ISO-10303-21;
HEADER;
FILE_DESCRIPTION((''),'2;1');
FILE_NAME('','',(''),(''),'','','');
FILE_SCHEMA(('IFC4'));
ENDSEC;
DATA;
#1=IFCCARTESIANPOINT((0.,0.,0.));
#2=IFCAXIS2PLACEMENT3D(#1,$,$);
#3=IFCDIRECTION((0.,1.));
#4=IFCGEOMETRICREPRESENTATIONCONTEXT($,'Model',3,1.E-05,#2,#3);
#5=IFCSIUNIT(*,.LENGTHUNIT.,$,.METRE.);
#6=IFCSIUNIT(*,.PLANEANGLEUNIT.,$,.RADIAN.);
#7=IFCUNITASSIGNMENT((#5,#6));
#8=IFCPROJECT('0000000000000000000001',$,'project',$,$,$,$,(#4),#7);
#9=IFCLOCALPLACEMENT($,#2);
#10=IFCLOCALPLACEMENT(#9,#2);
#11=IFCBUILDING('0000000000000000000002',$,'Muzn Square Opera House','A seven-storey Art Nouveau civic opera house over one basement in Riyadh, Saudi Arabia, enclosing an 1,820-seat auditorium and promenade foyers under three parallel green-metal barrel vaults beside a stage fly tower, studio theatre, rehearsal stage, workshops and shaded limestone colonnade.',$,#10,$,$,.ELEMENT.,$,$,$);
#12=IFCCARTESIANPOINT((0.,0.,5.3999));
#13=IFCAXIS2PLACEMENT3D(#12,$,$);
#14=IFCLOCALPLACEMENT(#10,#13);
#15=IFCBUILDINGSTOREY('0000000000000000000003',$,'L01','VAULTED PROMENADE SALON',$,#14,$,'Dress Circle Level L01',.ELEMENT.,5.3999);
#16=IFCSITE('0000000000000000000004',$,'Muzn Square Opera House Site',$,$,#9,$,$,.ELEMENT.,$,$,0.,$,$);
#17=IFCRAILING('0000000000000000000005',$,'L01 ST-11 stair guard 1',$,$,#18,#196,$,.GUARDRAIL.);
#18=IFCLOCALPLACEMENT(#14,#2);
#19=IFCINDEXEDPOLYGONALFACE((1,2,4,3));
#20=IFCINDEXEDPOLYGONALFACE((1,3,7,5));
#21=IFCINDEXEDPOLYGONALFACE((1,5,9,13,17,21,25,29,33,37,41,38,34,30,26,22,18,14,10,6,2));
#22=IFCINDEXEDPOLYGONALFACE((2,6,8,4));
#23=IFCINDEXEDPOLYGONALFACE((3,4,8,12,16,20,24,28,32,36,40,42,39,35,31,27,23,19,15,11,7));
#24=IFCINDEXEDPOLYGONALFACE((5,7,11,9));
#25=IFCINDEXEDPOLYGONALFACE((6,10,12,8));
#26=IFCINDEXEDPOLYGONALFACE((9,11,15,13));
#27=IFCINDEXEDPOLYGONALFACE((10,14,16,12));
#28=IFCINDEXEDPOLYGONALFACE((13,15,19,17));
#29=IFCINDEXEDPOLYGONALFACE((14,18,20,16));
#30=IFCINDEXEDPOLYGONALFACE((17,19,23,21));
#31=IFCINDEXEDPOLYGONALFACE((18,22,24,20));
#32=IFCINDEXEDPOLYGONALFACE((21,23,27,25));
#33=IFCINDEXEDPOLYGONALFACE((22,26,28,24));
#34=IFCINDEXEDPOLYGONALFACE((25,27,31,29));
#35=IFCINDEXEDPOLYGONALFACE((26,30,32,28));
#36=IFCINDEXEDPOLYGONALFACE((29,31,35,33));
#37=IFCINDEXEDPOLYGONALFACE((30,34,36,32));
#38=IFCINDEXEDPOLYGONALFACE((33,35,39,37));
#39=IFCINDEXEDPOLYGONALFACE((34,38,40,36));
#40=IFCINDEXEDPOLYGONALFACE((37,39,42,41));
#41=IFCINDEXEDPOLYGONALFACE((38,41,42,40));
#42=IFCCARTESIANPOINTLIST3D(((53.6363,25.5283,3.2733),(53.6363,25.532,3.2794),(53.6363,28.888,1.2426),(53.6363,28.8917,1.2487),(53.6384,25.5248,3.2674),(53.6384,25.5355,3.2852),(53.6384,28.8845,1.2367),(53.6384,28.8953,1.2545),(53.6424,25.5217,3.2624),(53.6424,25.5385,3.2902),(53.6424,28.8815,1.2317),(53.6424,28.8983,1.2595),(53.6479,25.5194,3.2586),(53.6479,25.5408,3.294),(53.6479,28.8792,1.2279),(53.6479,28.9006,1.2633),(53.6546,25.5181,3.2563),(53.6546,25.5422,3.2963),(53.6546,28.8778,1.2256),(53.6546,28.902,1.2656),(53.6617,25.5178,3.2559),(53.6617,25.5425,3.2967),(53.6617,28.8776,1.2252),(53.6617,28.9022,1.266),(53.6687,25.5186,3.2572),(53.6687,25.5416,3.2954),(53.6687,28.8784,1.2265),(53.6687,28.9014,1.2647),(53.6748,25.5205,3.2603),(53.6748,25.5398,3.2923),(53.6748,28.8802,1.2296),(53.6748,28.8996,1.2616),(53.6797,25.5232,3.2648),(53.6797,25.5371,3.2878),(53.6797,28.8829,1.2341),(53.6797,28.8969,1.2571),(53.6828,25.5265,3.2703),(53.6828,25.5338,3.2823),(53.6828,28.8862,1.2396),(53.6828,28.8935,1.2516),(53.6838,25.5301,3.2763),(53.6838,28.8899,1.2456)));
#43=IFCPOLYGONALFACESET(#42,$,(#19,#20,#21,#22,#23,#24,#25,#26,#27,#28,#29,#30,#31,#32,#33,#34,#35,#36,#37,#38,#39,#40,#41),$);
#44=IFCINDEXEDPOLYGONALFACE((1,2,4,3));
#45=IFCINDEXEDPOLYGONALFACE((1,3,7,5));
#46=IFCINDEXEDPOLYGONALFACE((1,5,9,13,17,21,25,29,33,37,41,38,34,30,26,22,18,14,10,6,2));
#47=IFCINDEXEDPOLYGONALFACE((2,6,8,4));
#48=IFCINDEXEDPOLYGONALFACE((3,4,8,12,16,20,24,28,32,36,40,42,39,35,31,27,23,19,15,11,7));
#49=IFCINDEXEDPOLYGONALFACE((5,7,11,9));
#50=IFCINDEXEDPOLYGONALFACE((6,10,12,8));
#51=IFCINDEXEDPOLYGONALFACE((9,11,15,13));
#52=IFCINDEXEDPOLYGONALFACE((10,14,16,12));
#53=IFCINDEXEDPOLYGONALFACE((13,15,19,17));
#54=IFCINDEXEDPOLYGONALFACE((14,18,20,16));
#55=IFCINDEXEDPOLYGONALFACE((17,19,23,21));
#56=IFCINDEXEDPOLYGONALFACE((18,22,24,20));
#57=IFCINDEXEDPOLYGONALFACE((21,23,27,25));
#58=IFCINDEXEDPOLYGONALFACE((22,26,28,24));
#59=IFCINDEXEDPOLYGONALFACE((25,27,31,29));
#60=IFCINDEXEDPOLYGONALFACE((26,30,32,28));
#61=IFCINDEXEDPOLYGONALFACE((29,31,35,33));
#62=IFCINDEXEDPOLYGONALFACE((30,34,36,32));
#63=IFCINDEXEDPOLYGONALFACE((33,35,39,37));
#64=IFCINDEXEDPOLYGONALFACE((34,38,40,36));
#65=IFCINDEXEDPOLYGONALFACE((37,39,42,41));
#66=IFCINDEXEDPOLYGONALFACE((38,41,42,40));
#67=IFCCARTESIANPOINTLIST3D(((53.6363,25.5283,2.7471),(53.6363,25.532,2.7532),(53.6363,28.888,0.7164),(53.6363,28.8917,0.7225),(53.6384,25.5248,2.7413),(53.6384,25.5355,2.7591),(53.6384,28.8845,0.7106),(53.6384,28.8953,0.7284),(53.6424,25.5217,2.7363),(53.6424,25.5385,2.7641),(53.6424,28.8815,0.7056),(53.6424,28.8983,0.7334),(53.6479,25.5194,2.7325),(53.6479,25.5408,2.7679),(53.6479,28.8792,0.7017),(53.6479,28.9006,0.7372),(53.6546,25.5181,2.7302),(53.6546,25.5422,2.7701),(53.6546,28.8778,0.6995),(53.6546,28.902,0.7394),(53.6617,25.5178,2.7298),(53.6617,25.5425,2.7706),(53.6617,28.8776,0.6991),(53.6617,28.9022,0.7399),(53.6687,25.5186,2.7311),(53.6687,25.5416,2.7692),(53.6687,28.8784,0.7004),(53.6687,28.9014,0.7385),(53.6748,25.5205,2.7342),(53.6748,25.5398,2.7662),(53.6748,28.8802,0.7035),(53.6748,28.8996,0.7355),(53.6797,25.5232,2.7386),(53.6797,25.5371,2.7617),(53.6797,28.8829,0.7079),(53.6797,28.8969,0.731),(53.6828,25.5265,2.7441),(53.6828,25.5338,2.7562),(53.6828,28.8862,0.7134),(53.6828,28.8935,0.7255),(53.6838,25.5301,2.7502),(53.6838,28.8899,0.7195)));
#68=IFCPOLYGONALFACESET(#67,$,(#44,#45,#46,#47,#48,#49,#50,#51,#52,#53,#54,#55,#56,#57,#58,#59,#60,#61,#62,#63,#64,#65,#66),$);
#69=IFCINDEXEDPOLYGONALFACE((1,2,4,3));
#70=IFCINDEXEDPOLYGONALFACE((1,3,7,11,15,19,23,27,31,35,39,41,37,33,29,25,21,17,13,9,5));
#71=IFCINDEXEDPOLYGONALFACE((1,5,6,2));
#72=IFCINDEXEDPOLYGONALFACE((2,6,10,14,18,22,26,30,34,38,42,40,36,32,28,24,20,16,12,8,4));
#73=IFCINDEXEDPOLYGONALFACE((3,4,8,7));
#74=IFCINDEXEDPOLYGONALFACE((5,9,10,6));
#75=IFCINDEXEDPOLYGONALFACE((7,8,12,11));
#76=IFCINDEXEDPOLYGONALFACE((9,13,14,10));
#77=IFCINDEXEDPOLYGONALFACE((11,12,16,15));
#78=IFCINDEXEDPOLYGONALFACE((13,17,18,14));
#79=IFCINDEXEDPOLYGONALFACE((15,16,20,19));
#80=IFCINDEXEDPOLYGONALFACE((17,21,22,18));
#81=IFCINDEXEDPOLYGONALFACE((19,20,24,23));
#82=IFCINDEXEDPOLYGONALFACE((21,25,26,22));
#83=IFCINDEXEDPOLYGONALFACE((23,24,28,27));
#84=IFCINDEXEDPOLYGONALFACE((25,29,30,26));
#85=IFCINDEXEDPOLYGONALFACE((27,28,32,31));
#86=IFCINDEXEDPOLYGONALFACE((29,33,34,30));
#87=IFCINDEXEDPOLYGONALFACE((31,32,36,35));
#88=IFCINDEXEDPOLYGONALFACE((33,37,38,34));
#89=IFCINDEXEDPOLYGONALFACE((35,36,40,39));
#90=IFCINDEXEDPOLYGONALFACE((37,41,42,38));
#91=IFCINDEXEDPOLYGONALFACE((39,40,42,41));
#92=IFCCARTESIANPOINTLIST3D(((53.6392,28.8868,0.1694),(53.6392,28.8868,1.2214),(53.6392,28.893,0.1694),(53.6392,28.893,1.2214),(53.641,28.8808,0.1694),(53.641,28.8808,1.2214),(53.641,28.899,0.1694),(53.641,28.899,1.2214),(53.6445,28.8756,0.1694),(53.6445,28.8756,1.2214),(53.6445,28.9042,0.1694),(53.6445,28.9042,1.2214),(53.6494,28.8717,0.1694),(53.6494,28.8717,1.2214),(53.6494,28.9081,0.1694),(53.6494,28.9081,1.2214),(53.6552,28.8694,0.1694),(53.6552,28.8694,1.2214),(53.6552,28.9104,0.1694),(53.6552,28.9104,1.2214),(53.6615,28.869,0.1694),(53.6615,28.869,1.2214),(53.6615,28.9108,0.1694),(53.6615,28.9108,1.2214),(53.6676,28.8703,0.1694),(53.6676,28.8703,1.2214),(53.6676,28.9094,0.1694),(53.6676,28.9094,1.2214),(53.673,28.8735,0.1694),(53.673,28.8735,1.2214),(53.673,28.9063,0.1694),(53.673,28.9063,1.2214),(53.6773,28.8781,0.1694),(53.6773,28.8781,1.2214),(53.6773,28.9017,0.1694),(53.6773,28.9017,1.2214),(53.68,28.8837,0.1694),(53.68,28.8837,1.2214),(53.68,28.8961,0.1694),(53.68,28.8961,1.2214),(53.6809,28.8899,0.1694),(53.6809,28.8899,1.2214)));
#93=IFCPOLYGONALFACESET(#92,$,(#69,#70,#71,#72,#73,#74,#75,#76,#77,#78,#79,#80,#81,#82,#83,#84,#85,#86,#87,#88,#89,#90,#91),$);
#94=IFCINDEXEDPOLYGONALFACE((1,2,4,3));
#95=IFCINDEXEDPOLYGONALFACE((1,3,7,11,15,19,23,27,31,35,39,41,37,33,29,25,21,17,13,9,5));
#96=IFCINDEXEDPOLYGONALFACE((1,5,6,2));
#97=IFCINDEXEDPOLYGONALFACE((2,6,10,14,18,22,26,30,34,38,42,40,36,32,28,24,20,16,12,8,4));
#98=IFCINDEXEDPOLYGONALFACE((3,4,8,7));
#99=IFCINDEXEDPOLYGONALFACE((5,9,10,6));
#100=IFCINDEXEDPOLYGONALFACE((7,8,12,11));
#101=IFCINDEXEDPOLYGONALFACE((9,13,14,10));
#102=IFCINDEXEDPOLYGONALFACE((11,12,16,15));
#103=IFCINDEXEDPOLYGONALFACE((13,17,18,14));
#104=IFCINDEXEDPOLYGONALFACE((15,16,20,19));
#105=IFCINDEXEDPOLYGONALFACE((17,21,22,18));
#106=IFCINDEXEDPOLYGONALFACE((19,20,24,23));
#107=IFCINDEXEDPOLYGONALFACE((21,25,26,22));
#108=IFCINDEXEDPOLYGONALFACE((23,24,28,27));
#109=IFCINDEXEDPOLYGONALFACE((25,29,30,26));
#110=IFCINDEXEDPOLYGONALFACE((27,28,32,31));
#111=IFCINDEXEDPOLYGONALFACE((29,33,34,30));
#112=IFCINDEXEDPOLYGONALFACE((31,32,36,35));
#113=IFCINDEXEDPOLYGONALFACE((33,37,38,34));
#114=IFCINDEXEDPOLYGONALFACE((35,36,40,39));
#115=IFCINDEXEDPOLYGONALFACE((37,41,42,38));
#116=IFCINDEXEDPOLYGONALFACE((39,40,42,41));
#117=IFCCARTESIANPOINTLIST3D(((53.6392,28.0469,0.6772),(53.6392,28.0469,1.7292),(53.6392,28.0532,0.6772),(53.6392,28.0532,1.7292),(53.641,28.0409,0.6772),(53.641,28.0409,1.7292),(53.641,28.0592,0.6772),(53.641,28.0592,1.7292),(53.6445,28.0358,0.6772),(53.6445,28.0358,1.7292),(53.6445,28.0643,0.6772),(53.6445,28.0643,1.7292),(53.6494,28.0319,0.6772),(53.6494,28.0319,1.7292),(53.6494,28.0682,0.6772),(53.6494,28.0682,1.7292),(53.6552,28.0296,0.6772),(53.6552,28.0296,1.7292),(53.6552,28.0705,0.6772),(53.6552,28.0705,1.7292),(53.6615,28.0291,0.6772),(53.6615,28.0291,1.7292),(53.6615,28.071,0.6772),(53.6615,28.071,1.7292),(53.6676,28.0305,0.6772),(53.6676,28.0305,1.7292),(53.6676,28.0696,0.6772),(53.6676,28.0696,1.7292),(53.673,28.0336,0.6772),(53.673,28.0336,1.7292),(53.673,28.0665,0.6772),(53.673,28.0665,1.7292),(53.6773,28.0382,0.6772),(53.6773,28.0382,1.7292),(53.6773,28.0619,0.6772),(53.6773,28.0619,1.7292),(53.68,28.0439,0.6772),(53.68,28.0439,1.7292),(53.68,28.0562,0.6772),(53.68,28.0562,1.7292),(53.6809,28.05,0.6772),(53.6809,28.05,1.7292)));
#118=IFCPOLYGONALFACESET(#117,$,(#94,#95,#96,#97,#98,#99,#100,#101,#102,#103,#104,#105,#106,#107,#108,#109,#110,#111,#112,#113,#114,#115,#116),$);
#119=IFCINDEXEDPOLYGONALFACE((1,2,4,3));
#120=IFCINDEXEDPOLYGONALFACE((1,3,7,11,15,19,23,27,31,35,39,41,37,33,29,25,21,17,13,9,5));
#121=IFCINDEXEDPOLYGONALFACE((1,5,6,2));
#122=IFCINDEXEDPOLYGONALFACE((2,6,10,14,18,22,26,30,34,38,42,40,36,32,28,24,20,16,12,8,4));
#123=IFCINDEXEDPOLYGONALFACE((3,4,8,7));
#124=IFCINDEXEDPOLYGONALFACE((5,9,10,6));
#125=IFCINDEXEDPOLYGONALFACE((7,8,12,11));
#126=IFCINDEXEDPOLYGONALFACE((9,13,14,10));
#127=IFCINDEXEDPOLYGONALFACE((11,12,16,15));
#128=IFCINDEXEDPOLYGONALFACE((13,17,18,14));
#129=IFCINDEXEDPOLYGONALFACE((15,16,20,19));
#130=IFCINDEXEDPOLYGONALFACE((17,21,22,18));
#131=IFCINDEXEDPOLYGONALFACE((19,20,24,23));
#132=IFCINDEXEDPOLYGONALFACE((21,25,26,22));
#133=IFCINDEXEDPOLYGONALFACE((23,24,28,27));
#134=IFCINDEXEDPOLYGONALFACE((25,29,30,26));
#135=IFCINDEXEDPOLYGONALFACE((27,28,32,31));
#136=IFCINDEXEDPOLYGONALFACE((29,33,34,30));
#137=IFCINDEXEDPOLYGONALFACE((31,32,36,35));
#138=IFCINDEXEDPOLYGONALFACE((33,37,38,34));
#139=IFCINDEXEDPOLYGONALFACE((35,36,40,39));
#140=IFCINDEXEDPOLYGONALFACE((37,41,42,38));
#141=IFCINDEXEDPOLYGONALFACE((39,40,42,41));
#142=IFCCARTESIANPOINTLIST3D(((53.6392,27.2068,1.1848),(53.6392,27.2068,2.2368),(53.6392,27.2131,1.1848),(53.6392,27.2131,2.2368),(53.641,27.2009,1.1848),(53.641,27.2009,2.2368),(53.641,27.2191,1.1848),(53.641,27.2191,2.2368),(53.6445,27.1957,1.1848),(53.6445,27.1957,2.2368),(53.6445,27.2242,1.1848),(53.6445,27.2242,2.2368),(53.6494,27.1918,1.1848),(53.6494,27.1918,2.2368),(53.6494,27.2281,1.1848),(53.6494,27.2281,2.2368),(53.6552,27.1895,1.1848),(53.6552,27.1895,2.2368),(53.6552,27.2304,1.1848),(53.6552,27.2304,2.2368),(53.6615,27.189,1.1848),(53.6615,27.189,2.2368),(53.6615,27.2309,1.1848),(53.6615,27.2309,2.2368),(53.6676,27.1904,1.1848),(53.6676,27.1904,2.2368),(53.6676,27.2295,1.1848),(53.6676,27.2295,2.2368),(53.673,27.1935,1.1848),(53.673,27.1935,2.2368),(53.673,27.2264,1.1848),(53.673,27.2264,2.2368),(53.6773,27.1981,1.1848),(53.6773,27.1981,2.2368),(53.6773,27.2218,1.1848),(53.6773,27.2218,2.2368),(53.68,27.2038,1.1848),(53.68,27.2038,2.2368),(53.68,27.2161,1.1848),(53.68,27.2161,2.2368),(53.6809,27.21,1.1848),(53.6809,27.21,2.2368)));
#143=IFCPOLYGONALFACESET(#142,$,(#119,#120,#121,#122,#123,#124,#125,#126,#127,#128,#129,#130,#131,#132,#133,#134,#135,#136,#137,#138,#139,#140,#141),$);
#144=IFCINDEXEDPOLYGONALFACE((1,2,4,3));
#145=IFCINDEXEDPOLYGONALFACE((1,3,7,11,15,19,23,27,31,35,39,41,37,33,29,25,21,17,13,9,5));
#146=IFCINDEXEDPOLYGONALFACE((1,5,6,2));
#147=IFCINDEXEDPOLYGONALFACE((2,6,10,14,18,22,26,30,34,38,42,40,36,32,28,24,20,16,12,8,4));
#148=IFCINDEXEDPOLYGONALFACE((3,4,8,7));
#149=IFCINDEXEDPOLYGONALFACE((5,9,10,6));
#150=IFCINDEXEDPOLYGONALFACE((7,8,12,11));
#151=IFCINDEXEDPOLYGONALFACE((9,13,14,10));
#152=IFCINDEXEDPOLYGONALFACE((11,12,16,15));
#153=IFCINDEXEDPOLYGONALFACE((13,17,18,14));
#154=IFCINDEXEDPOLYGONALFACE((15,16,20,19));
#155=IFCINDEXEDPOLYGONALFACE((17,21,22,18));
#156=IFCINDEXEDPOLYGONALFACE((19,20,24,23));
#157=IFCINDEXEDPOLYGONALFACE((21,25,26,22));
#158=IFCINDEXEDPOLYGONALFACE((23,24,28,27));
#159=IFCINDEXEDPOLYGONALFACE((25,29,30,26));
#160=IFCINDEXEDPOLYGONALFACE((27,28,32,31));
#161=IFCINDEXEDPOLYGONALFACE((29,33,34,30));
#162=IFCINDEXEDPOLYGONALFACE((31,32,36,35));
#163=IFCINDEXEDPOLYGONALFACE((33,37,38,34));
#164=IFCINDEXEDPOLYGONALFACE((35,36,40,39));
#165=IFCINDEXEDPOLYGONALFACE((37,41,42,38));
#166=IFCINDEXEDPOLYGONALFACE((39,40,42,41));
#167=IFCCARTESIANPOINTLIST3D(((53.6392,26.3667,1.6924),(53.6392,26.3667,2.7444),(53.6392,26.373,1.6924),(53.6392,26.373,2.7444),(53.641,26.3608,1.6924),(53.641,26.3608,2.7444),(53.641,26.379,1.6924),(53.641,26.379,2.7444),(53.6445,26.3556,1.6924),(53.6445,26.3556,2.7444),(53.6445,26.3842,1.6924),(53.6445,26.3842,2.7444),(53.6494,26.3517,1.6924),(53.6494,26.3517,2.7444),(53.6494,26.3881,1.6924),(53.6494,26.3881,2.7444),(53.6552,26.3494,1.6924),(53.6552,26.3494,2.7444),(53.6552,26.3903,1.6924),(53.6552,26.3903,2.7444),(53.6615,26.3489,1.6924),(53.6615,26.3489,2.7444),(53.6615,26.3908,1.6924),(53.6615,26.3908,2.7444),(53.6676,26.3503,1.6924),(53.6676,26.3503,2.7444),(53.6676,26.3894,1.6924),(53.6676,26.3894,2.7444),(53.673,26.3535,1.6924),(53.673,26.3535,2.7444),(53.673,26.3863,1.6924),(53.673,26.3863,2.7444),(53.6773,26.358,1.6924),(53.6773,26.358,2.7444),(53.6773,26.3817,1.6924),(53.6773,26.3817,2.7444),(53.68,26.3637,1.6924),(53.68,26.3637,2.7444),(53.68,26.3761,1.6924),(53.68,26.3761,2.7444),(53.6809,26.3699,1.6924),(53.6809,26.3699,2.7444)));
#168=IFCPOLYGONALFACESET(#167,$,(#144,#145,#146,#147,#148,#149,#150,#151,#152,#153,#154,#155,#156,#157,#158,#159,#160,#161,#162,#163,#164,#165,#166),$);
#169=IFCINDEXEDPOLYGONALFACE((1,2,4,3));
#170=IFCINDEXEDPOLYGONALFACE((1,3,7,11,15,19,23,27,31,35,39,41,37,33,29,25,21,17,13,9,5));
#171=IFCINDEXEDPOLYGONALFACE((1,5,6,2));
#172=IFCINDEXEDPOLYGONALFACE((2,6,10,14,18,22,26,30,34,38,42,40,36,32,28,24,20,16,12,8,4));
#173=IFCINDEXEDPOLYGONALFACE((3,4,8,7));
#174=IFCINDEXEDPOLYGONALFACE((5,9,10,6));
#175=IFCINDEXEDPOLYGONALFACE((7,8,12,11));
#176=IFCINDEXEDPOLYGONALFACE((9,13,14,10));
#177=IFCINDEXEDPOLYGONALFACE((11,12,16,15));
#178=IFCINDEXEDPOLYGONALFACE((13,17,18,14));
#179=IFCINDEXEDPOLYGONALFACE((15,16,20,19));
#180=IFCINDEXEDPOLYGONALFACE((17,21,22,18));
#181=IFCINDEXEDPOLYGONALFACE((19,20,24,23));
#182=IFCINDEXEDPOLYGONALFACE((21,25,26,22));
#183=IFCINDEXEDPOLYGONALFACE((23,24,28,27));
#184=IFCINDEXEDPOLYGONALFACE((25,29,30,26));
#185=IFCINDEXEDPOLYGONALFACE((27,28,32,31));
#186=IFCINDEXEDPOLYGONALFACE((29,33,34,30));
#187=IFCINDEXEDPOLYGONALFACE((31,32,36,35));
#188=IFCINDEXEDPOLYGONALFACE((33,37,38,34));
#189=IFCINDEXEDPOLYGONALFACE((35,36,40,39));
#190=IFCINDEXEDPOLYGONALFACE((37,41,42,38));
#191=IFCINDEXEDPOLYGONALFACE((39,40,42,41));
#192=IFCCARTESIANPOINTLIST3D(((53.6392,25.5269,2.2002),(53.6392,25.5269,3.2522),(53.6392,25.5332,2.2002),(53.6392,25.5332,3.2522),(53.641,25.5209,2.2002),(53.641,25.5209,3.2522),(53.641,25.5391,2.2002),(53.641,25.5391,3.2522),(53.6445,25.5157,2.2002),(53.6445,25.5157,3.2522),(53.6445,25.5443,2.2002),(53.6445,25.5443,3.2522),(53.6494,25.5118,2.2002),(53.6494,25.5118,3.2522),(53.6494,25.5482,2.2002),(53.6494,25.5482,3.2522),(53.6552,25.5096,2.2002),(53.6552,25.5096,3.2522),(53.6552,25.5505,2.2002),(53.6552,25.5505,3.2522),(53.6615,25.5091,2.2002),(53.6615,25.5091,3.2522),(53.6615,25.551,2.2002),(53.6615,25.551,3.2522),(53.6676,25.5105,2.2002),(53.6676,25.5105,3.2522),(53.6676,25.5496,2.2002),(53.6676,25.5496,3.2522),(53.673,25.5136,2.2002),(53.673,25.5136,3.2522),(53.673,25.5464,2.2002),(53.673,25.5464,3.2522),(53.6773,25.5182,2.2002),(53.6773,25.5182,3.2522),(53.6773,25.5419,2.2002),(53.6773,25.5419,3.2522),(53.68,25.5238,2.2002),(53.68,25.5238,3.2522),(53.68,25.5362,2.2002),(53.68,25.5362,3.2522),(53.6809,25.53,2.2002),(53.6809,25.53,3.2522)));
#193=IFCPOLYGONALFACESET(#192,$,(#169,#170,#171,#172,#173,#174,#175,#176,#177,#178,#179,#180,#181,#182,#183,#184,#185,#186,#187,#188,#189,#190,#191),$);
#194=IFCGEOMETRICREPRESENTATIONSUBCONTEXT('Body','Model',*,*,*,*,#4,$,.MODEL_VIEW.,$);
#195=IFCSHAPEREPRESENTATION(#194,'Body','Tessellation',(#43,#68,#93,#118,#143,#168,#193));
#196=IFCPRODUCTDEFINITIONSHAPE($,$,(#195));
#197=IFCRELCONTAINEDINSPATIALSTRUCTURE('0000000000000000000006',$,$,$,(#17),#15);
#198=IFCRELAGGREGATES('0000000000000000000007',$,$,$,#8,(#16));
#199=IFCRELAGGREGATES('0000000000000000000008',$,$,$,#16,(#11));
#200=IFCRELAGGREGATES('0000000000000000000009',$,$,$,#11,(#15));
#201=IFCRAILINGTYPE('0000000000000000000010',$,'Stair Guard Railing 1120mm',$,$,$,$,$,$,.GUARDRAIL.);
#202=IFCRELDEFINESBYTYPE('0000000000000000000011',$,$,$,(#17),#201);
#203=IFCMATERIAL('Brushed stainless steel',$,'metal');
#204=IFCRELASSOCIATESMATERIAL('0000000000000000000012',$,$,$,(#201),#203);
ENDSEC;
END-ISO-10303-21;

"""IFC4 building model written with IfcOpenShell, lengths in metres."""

from ifc_helpers import new_model, si_unit, direction, frame, origin, origin_2d, place, context, subcontext, project, spatial, circle, extrude, material, type_object, element, save


model = new_model("IFC4")

# Units and contexts
model_context = context("Model", 3, precision=1e-05, world=origin(), true_north=direction((0.0, 1.0)))
body_context = subcontext(model_context, "Body", "Model", "MODEL_VIEW")
ifc_project = project(units=[si_unit("LENGTHUNIT", "METRE"), si_unit("PLANEANGLEUNIT", "RADIAN")], contexts=[model_context])

# Site, building, storey
site_placement = place(None, origin())
site = spatial("IfcSite", under=ifc_project, at=site_placement, Name="Muzn Square Opera House Site", CompositionType="ELEMENT", RefElevation=0.0)
building_placement = place(site_placement, origin())
building = spatial("IfcBuilding", under=site, at=building_placement, Name="Muzn Square Opera House", Description="A seven-storey Art Nouveau civic opera house over one basement in Riyadh, Saudi Arabia, enclosing an 1,820-seat auditorium and promenade foyers under three parallel green-metal barrel vaults beside a stage fly tower, studio theatre, rehearsal stage, workshops and shaded limestone colonnade.", CompositionType="ELEMENT")
storey_placement = place(building_placement, frame((0.0, 0.0, 5.3999)))
storey = spatial("IfcBuildingStorey", under=building, at=storey_placement, Name="L01", Description="VAULTED PROMENADE SALON", LongName="Dress Circle Level L01", CompositionType="ELEMENT", Elevation=5.3999)

# Shared definitions
ifc_material_1 = material(Name="Brushed stainless steel", Category="metal")

# Railing
railing_type_1 = type_object("IfcRailingType", Name="Stair Guard Railing 1120mm", PredefinedType="GUARDRAIL", material=ifc_material_1)
railing_1_placement = place(storey_placement, frame((53.6599, 28.8899, 0.1694)))
element("IfcRailing", 1, at=railing_1_placement, inside=storey, type_object=railing_type_1, Name="L01 ST-11 stair guard 1", PredefinedType="GUARDRAIL", context=body_context, shape_type="SweptSolid", body=[
    extrude(circle(Radius=0.0239, at=origin_2d()), frame((0.0, 0.0, 1.0762), z_axis=(0.0, -0.85582, 0.517273), x_axis=(1.0, 0.0, 0.0)), (0.0, 0.0, 1.0), 3.9258),
    extrude(circle(Radius=0.0239, at=origin_2d()), frame((0.0, 0.0, 0.55), z_axis=(0.0, -0.85582, 0.517273), x_axis=(1.0, 0.0, 0.0)), (0.0, 0.0, 1.0), 3.9258),
    extrude(circle(Radius=0.021, at=origin_2d()), origin(), (0.0, 0.0, 1.0), 1.052),
    extrude(circle(Radius=0.021, at=origin_2d()), frame((0.0, -0.8398, 0.5078)), (0.0, 0.0, 1.0), 1.052),
    extrude(circle(Radius=0.021, at=origin_2d()), frame((0.0, -1.6799, 1.0154)), (0.0, 0.0, 1.0), 1.052),
    extrude(circle(Radius=0.021, at=origin_2d()), frame((0.0, -2.52, 1.5229)), (0.0, 0.0, 1.0), 1.052),
    extrude(circle(Radius=0.021, at=origin_2d()), frame((0.0, -3.3599, 2.0308)), (0.0, 0.0, 1.0), 1.052),
])

save(model, "model.ifc")
